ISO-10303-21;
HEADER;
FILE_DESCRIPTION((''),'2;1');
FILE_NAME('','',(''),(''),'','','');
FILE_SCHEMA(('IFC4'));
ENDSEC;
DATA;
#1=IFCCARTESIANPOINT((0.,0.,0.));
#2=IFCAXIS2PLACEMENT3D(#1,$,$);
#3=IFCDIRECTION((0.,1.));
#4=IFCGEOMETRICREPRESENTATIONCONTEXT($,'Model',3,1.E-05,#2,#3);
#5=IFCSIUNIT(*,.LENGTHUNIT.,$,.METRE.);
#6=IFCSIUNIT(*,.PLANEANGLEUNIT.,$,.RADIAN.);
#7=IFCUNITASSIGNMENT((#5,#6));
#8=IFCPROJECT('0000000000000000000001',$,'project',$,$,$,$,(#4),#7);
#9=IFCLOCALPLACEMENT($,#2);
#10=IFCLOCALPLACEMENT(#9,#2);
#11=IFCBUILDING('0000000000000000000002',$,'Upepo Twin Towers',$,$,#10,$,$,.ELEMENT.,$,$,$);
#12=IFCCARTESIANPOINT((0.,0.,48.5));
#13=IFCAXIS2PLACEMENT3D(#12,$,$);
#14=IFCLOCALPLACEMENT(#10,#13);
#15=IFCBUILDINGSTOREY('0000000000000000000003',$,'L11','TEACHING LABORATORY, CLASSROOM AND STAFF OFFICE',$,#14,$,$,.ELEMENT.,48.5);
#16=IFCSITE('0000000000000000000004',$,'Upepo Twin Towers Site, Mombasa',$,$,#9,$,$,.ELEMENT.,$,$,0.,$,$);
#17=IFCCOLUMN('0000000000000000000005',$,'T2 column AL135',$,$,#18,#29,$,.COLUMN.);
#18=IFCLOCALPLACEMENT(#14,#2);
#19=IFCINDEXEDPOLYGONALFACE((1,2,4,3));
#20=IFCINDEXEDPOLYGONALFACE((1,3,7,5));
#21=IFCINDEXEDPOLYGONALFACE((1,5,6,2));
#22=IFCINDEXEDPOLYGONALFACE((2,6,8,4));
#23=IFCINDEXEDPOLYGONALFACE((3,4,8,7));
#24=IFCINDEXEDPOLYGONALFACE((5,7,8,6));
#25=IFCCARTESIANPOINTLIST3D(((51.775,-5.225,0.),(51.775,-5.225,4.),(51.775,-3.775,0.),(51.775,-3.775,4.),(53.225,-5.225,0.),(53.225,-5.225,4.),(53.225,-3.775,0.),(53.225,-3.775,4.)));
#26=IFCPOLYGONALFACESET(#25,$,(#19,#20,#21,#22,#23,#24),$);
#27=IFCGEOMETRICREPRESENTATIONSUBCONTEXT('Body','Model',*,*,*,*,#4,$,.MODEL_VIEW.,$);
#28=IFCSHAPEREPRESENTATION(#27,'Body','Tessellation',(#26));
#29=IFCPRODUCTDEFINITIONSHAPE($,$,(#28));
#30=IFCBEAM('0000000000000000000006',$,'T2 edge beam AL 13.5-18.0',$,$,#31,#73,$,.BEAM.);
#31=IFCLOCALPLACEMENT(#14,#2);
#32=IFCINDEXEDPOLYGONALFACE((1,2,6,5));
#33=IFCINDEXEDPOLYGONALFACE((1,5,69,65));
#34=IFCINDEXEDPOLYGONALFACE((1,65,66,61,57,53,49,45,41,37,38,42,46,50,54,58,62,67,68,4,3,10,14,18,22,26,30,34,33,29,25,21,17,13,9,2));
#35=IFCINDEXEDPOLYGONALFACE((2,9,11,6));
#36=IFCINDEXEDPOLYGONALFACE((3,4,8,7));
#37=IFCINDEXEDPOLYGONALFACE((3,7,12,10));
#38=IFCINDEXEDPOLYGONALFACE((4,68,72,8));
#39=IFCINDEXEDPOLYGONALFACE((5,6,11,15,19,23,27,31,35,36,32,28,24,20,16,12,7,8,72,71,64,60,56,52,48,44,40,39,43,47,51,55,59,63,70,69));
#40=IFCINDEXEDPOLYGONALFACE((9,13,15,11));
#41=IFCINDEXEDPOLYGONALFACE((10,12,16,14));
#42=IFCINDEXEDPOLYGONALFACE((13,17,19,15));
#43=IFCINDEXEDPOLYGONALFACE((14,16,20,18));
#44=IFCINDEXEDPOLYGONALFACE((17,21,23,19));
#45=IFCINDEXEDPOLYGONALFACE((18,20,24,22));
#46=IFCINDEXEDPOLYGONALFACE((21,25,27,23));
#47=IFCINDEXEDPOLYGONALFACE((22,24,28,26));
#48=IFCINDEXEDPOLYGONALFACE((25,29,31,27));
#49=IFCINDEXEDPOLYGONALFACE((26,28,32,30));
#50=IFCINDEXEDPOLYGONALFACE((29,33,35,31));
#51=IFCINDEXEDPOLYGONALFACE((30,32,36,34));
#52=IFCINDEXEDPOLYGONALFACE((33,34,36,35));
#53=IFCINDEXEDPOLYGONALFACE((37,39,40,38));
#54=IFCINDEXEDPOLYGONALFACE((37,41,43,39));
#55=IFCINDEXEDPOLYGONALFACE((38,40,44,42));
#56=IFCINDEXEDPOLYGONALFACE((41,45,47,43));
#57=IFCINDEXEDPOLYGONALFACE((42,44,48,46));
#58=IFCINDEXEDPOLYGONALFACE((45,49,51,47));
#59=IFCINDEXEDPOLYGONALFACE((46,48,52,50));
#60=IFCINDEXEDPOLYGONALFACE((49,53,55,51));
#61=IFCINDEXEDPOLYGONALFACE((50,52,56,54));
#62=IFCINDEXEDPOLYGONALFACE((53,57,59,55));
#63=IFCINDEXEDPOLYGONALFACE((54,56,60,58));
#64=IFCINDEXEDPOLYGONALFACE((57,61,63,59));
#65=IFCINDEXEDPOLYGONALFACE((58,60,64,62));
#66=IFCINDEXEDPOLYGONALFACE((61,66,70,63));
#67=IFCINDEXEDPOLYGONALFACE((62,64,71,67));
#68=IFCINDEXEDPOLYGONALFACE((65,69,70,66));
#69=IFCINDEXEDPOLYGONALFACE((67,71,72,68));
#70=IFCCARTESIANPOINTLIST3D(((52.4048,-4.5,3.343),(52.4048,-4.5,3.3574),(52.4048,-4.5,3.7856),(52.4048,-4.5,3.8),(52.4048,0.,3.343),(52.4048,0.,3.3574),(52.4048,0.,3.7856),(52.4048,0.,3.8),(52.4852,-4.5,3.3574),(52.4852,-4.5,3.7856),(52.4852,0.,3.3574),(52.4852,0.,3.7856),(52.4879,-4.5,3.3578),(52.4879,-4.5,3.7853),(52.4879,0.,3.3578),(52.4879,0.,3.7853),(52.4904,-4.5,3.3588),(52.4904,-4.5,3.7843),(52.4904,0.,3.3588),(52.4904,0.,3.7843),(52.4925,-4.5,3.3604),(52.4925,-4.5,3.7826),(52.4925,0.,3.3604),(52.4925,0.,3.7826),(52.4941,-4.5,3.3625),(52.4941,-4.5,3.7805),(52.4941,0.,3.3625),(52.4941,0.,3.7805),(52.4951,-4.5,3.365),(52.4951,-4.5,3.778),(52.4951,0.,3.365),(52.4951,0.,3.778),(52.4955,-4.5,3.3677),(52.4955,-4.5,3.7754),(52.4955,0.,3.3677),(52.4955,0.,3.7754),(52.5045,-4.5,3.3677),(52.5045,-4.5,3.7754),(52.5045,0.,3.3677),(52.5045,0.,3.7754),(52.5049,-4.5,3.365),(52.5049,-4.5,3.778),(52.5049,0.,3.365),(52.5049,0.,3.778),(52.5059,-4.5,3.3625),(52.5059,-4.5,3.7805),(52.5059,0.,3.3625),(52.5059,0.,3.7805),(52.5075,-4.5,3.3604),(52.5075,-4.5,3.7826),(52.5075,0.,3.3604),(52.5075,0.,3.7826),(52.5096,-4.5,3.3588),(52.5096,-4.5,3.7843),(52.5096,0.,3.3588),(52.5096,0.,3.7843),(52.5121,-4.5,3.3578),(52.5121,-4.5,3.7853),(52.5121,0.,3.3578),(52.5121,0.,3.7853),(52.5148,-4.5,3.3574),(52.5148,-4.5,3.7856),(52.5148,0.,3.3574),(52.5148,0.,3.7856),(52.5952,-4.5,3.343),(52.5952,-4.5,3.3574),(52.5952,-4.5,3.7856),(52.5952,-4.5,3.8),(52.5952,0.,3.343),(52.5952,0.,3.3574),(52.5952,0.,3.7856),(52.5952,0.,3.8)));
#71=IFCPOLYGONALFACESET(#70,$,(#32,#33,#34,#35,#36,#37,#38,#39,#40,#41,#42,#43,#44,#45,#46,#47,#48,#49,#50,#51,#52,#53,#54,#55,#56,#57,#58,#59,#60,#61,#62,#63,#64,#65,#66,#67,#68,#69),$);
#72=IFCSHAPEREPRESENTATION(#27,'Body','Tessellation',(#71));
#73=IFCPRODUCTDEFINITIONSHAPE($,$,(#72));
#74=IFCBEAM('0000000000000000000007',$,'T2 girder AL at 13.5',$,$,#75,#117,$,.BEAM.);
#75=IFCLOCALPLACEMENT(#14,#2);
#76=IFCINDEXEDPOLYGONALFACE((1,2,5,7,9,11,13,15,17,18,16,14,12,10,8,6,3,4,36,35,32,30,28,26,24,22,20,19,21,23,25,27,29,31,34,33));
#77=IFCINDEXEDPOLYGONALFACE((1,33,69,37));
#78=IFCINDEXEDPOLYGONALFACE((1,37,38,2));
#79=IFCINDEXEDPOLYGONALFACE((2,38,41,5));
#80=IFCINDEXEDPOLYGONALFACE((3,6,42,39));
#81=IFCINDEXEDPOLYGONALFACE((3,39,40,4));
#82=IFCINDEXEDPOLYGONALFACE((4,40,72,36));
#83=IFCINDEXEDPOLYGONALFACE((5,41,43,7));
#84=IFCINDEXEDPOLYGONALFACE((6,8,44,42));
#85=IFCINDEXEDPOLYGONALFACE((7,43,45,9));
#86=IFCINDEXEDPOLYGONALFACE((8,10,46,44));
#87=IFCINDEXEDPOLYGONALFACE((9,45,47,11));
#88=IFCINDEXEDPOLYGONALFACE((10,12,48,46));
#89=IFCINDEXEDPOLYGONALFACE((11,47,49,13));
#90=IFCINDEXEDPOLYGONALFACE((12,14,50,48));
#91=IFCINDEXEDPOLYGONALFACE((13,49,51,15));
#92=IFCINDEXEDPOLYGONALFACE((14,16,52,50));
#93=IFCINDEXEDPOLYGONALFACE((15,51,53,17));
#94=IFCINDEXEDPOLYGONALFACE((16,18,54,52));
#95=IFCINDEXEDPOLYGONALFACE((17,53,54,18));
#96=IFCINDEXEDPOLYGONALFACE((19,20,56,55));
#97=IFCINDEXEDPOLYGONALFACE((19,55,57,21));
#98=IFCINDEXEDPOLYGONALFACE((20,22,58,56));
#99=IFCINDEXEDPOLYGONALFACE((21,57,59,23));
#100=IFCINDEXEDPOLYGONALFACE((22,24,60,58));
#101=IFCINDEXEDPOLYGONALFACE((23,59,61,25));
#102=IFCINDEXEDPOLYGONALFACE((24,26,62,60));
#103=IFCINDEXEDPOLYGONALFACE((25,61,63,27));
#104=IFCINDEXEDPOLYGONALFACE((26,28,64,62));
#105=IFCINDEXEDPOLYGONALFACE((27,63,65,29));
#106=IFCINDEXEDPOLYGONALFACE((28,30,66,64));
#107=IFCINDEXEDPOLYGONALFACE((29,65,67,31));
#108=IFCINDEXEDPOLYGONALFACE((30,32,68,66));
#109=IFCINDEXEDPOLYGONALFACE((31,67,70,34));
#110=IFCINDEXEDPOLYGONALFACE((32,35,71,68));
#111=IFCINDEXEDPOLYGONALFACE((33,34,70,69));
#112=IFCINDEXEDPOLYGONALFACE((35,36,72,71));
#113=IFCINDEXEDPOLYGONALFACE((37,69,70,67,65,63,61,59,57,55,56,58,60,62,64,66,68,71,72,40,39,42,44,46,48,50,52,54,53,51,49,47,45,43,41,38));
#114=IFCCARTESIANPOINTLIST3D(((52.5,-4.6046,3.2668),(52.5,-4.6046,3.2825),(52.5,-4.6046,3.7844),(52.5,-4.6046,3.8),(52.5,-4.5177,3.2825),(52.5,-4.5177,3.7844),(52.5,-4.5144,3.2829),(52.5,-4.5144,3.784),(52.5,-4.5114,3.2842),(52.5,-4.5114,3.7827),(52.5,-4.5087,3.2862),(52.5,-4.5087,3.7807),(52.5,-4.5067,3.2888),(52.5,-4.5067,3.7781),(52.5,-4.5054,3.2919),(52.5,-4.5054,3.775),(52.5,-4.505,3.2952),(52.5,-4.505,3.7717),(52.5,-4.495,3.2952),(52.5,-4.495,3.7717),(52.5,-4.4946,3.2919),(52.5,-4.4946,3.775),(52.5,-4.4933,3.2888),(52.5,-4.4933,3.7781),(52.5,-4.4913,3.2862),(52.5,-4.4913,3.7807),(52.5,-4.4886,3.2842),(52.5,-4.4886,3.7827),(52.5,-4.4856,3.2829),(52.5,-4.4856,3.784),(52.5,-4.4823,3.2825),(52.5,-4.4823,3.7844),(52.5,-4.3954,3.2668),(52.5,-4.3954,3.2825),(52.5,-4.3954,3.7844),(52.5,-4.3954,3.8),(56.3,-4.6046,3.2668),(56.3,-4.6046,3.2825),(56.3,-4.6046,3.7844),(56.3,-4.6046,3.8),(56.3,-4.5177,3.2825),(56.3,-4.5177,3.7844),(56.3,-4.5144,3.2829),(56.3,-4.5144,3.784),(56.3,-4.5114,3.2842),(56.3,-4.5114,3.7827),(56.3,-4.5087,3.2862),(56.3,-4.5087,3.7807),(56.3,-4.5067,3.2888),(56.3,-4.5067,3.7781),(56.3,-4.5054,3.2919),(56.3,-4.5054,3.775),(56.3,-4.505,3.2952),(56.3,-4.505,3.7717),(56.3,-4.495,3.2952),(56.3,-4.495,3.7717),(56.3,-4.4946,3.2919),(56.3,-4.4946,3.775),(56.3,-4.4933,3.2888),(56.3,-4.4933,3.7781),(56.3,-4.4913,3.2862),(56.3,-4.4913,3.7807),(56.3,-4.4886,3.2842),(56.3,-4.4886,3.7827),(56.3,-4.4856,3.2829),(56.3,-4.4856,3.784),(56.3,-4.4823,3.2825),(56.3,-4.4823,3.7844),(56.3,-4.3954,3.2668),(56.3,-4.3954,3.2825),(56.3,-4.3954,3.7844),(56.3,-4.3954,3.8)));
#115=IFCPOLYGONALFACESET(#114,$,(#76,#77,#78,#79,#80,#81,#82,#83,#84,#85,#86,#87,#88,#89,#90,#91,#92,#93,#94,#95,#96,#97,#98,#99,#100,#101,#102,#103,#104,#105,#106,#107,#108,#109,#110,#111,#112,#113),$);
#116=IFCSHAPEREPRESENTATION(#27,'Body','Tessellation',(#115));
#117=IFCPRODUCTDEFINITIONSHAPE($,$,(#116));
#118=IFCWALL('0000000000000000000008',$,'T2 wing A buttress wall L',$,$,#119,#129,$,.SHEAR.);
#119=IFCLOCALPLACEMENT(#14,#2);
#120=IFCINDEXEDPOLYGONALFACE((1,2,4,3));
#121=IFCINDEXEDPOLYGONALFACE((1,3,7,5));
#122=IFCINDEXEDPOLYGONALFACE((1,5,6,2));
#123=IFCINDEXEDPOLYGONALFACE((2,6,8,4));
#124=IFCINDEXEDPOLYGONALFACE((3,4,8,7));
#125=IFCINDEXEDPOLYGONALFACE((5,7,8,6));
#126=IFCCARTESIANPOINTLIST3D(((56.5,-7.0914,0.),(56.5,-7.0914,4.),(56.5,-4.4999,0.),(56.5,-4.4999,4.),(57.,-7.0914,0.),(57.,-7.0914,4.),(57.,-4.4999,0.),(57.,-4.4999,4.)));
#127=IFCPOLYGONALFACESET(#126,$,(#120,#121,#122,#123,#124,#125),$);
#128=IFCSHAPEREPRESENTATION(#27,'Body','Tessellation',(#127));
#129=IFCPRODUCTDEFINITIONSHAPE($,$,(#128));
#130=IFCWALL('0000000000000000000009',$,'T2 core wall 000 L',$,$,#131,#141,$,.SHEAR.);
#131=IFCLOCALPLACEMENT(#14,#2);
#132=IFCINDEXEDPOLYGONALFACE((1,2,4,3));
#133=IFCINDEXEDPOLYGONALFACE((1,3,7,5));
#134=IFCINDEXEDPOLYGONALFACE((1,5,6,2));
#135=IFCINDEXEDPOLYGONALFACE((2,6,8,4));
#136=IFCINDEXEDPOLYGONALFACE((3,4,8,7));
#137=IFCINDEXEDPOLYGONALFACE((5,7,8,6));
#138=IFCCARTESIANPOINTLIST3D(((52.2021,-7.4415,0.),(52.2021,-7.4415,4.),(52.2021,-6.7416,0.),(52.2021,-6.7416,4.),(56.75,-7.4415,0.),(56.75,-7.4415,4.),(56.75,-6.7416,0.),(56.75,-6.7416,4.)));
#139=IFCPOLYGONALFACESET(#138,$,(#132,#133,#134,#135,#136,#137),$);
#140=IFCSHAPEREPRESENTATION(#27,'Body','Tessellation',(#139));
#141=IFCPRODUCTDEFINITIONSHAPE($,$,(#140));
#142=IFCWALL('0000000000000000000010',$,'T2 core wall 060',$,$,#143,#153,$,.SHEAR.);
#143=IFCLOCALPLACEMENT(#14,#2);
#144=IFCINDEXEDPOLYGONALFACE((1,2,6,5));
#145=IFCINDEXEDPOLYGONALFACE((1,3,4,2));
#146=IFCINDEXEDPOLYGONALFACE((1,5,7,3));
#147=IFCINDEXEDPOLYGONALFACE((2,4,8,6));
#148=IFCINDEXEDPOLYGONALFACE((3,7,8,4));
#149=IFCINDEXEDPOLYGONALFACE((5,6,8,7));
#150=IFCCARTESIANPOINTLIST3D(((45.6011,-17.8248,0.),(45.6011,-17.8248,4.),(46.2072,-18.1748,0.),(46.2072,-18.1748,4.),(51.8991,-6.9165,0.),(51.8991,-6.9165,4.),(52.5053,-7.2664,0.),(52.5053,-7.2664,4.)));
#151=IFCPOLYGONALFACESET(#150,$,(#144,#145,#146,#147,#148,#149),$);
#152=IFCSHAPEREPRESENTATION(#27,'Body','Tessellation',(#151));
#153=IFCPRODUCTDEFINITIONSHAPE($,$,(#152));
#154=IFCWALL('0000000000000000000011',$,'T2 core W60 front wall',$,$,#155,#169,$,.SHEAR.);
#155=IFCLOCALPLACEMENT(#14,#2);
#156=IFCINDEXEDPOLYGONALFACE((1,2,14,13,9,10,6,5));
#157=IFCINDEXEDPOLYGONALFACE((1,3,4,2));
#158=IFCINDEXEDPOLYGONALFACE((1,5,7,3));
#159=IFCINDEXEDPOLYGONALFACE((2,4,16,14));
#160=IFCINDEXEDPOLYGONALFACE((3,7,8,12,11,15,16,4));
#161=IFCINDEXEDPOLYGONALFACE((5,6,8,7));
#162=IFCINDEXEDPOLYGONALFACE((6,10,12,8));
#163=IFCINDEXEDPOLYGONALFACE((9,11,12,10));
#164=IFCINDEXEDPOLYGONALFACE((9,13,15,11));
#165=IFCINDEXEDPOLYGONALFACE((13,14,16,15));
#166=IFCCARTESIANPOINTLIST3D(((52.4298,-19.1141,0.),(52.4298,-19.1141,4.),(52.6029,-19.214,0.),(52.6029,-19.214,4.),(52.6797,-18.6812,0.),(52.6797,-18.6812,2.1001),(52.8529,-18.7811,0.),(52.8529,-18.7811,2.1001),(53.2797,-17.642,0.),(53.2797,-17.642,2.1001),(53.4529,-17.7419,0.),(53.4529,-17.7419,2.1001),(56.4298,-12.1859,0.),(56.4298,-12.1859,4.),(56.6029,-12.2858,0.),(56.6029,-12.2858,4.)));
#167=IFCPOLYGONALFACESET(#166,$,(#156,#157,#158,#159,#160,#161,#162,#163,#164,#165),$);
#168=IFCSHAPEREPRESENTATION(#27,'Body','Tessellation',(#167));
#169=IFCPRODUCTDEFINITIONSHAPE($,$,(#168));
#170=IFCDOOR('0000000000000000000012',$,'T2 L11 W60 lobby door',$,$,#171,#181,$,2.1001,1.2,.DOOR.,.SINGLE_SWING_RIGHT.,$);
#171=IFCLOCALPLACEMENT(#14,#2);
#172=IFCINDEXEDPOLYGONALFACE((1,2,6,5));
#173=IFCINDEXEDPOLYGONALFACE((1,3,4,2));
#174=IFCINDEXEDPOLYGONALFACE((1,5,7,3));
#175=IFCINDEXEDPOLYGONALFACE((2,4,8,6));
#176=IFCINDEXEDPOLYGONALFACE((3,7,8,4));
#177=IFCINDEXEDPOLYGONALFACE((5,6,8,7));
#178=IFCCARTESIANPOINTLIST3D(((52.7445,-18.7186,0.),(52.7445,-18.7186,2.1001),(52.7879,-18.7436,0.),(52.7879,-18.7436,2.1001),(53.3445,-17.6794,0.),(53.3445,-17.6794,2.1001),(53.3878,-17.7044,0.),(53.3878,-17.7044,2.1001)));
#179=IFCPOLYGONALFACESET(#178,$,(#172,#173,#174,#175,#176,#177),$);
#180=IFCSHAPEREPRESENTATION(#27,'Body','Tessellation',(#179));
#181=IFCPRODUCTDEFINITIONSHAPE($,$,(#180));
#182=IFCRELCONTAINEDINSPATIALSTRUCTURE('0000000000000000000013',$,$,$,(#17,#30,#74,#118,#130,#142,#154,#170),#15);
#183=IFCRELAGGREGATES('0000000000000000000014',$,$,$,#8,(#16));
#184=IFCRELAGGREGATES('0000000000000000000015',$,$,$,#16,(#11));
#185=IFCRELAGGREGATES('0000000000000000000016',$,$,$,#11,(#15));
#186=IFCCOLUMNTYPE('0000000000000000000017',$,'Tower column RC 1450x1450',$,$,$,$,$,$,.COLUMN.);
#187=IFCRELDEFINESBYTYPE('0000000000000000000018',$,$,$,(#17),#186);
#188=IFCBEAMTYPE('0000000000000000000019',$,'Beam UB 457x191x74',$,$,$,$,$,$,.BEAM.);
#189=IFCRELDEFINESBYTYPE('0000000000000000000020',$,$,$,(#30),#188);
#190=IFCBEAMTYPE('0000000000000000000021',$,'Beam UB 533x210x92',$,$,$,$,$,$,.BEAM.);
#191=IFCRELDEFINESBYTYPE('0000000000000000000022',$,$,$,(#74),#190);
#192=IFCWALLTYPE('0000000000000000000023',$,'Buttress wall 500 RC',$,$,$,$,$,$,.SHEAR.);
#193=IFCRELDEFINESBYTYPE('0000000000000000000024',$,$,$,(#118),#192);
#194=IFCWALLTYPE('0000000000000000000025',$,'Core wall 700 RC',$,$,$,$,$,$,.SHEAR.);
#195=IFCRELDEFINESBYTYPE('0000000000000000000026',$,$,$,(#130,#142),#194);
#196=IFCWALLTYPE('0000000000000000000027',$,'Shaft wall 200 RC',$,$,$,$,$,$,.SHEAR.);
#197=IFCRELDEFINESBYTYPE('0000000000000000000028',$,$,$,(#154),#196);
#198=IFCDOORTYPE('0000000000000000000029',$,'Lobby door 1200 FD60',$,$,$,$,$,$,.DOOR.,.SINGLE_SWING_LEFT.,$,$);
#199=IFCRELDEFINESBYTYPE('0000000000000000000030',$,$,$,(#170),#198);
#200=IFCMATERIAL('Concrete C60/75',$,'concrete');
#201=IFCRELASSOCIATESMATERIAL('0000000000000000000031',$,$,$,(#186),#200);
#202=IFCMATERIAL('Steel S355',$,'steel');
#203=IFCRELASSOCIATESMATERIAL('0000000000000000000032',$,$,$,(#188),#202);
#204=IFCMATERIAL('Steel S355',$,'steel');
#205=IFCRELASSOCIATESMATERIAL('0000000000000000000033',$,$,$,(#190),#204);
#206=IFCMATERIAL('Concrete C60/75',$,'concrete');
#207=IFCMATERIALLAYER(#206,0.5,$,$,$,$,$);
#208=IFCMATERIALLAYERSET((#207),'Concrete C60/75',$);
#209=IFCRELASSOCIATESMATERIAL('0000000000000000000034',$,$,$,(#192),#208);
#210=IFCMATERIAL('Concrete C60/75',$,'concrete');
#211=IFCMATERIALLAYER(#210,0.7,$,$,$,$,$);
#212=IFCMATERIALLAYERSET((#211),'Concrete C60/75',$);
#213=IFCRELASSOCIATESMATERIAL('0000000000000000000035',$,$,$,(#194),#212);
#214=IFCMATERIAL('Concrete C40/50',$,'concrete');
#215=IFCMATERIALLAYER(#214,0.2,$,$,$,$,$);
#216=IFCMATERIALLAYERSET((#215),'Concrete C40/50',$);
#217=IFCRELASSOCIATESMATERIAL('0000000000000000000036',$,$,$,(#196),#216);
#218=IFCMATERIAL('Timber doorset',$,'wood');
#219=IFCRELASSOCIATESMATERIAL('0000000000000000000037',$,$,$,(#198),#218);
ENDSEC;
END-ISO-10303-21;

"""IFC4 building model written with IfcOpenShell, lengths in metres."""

from ifc_helpers import new_model, si_unit, direction, frame, frame_2d, origin, origin_2d, place, context, subcontext, project, spatial, rectangle, i_section, extrude, material, layer, layer_set, material_profile, profile_set, type_object, element, fill, save


model = new_model("IFC4")

# Units and contexts
model_context = context("Model", 3, precision=1e-05, world=origin(), true_north=direction((0.0, 1.0)))
body_context = subcontext(model_context, "Body", "Model", "MODEL_VIEW")
ifc_project = project(units=[si_unit("LENGTHUNIT", "METRE"), si_unit("PLANEANGLEUNIT", "RADIAN")], contexts=[model_context])

# Site, building, storey
site_placement = place(None, origin())
site = spatial("IfcSite", under=ifc_project, at=site_placement, Name="Upepo Twin Towers Site, Mombasa", CompositionType="ELEMENT", RefElevation=0.0)
building_placement = place(site_placement, origin())
building = spatial("IfcBuilding", under=site, at=building_placement, Name="Upepo Twin Towers", CompositionType="ELEMENT")
storey_placement = place(building_placement, frame((0.0, 0.0, 48.5)))
storey = spatial("IfcBuildingStorey", under=building, at=storey_placement, Name="L11", Description="TEACHING LABORATORY, CLASSROOM AND STAFF OFFICE", CompositionType="ELEMENT", Elevation=48.5)

# Column
ifc_material_1 = material(Name="Concrete C60/75", Category="concrete")
ifc_material_profile_1 = material_profile(ifc_material_1, rectangle(XDim=1.45, YDim=1.45, at=origin_2d()), Name="RC 1450x1450")
ifc_profile_set_1 = profile_set([ifc_material_profile_1], Name="Concrete C60/75")
column_type = type_object("IfcColumnType", Name="Tower column RC 1450x1450", PredefinedType="COLUMN", material=ifc_profile_set_1)
column_placement = place(storey_placement, frame((52.5, -4.5, 0.0), z_axis=(0.0, 0.0, 1.0), x_axis=(1.0, 0.0, 0.0)))
element("IfcColumn", 1, at=column_placement, inside=storey, type_object=column_type, Name="T2 column AL135", PredefinedType="COLUMN", context=body_context, shape_type="SweptSolid", body=[
    extrude(rectangle(XDim=1.45, YDim=1.45, at=origin_2d()), origin(), (0.0, 0.0, 1.0), 4.0),
])

# Beams
ifc_material_2 = material(Name="Steel S355", Category="steel")
ifc_material_profile_2 = material_profile(ifc_material_2, i_section(OverallWidth=0.1904, OverallDepth=0.457, WebThickness=0.009, FlangeThickness=0.0144, FilletRadius=0.0103, at=origin_2d()), Name="UB 457x191x74")
ifc_profile_set_2 = profile_set([ifc_material_profile_2], Name="Steel S355")
beam_type_1 = type_object("IfcBeamType", Name="Beam UB 457x191x74", PredefinedType="BEAM", material=ifc_profile_set_2)
beam_1_placement = place(storey_placement, frame((52.5, -4.5, 3.5715), z_axis=(0.0, 1.0, 0.0), x_axis=(-1.0, 0.0, 0.0)))
element("IfcBeam", 2, at=beam_1_placement, inside=storey, type_object=beam_type_1, Name="T2 edge beam AL 13.5-18.0", PredefinedType="BEAM", context=body_context, shape_type="SweptSolid", body=[
    extrude(i_section(OverallWidth=0.1904, OverallDepth=0.457, WebThickness=0.009, FlangeThickness=0.0144, FilletRadius=0.0103, at=origin_2d()), origin(), (0.0, 0.0, 1.0), 4.5),
])
ifc_material_3 = material(Name="Steel S355", Category="steel")
ifc_material_profile_3 = material_profile(ifc_material_3, i_section(OverallWidth=0.2092, OverallDepth=0.5332, WebThickness=0.01, FlangeThickness=0.0156, FilletRadius=0.0127, at=origin_2d()), Name="UB 533x210x92")
ifc_profile_set_3 = profile_set([ifc_material_profile_3], Name="Steel S355")
beam_type_2 = type_object("IfcBeamType", Name="Beam UB 533x210x92", PredefinedType="BEAM", material=ifc_profile_set_3)
beam_2_placement = place(storey_placement, frame((52.5, -4.5, 3.5334), z_axis=(1.0, 0.0, 0.0), x_axis=(0.0, 1.0, 0.0)))
element("IfcBeam", 3, at=beam_2_placement, inside=storey, type_object=beam_type_2, Name="T2 girder AL at 13.5", PredefinedType="BEAM", context=body_context, shape_type="SweptSolid", body=[
    extrude(i_section(OverallWidth=0.2092, OverallDepth=0.5332, WebThickness=0.01, FlangeThickness=0.0156, FilletRadius=0.0127, at=origin_2d()), origin(), (0.0, 0.0, 1.0), 3.8),
])

# Walls
ifc_material_4 = material(Name="Concrete C60/75", Category="concrete")
ifc_layer_1 = layer(ifc_material_4, 0.5)
ifc_layer_set_1 = layer_set([ifc_layer_1], Name="Concrete C60/75")
wall_type_1 = type_object("IfcWallType", Name="Buttress wall 500 RC", PredefinedType="SHEAR", material=ifc_layer_set_1)
wall_1_placement = place(storey_placement, frame((56.75, -7.0916, 0.0), z_axis=(0.0, 0.0, 1.0), x_axis=(0.0, 1.0, 0.0)))
element("IfcWall", 4, at=wall_1_placement, inside=storey, type_object=wall_type_1, Name="T2 wing A buttress wall L", PredefinedType="SHEAR", context=body_context, shape_type="SweptSolid", body=[
    extrude(rectangle(XDim=2.5916, YDim=0.5, at=frame_2d((1.2959, 0.0))), origin(), (0.0, 0.0, 1.0), 4.0),
])
ifc_material_5 = material(Name="Concrete C60/75", Category="concrete")
ifc_layer_2 = layer(ifc_material_5, 0.7)
ifc_layer_set_2 = layer_set([ifc_layer_2], Name="Concrete C60/75")
wall_type_2 = type_object("IfcWallType", Name="Core wall 700 RC", PredefinedType="SHEAR", material=ifc_layer_set_2)
wall_2_placement = place(storey_placement, frame((56.75, -7.0916, 0.0), z_axis=(0.0, 0.0, 1.0), x_axis=(-1.0, 0.0, 0.0)))
element("IfcWall", 5, at=wall_2_placement, inside=storey, type_object=wall_type_2, Name="T2 core wall 000 L", PredefinedType="SHEAR", context=body_context, shape_type="SweptSolid", body=[
    extrude(rectangle(XDim=4.5479, YDim=0.7, at=frame_2d((2.2739, 0.0))), origin(), (0.0, 0.0, 1.0), 4.0),
])
wall_3_placement = place(storey_placement, frame((52.2021, -7.0916, 0.0), z_axis=(0.0, 0.0, 1.0), x_axis=(-0.500006, -0.866022, 0.0)))
element("IfcWall", 6, at=wall_3_placement, inside=storey, type_object=wall_type_2, Name="T2 core wall 060", PredefinedType="SHEAR", context=body_context, shape_type="SweptSolid", body=[
    extrude(rectangle(XDim=12.5959, YDim=0.7, at=frame_2d((6.2979, 0.0))), origin(), (0.0, 0.0, 1.0), 4.0),
])

# Wall, opening, door
ifc_material_6 = material(Name="Concrete C40/50", Category="concrete")
ifc_layer_3 = layer(ifc_material_6, 0.2)
ifc_layer_set_3 = layer_set([ifc_layer_3], Name="Concrete C40/50")
wall_type_3 = type_object("IfcWallType", Name="Shaft wall 200 RC", PredefinedType="SHEAR", material=ifc_layer_set_3)
wall_4_placement = place(storey_placement, frame((56.5164, -12.2358, 0.0), z_axis=(0.0, 0.0, 1.0), x_axis=(-0.499999, -0.866026, 0.0)))
wall_4 = element("IfcWall", 7, at=wall_4_placement, inside=storey, type_object=wall_type_3, Name="T2 core W60 front wall", PredefinedType="SHEAR", context=body_context, shape_type="SweptSolid", body=[
    extrude(rectangle(XDim=8.0, YDim=0.2, at=frame_2d((4.0, 0.0))), origin(), (0.0, 0.0, 1.0), 4.0),
])
opening_1_placement = place(wall_4_placement, frame((6.3, 0.0, 0.0)))
opening_1 = element("IfcOpeningElement", 8, at=opening_1_placement, cuts=wall_4, PredefinedType="OPENING", context=body_context, shape_type="SweptSolid", body=[
    extrude(rectangle(XDim=1.2, YDim=2.1001, at=frame_2d((0.6001, 1.05))), frame((0.0, 0.1099, 0.0), z_axis=(0.0, -1.0, 0.0), x_axis=(1.0, 0.0, 0.0)), (0.0, 0.0, 1.0), 0.22),
])
ifc_material_7 = material(Name="Timber doorset", Category="wood")
door_type_1 = type_object("IfcDoorType", Name="Lobby door 1200 FD60", OperationType="SINGLE_SWING_LEFT", PredefinedType="DOOR", material=ifc_material_7)
door_1_placement = place(opening_1_placement, origin())
door_1 = element("IfcDoor", 9, at=door_1_placement, inside=storey, type_object=door_type_1, Name="T2 L11 W60 lobby door", OperationType="SINGLE_SWING_RIGHT", OverallHeight=2.1001, OverallWidth=1.2, PredefinedType="DOOR", context=body_context, shape_type="SweptSolid", body=[
    extrude(rectangle(XDim=1.2, YDim=2.1001, at=frame_2d((0.6001, 1.05))), frame((0.0, 0.0249, 0.0), z_axis=(0.0, -1.0, 0.0), x_axis=(1.0, 0.0, 0.0)), (0.0, 0.0, 1.0), 0.05),
])
fill(opening_1, door_1)

save(model, "model.ifc")
